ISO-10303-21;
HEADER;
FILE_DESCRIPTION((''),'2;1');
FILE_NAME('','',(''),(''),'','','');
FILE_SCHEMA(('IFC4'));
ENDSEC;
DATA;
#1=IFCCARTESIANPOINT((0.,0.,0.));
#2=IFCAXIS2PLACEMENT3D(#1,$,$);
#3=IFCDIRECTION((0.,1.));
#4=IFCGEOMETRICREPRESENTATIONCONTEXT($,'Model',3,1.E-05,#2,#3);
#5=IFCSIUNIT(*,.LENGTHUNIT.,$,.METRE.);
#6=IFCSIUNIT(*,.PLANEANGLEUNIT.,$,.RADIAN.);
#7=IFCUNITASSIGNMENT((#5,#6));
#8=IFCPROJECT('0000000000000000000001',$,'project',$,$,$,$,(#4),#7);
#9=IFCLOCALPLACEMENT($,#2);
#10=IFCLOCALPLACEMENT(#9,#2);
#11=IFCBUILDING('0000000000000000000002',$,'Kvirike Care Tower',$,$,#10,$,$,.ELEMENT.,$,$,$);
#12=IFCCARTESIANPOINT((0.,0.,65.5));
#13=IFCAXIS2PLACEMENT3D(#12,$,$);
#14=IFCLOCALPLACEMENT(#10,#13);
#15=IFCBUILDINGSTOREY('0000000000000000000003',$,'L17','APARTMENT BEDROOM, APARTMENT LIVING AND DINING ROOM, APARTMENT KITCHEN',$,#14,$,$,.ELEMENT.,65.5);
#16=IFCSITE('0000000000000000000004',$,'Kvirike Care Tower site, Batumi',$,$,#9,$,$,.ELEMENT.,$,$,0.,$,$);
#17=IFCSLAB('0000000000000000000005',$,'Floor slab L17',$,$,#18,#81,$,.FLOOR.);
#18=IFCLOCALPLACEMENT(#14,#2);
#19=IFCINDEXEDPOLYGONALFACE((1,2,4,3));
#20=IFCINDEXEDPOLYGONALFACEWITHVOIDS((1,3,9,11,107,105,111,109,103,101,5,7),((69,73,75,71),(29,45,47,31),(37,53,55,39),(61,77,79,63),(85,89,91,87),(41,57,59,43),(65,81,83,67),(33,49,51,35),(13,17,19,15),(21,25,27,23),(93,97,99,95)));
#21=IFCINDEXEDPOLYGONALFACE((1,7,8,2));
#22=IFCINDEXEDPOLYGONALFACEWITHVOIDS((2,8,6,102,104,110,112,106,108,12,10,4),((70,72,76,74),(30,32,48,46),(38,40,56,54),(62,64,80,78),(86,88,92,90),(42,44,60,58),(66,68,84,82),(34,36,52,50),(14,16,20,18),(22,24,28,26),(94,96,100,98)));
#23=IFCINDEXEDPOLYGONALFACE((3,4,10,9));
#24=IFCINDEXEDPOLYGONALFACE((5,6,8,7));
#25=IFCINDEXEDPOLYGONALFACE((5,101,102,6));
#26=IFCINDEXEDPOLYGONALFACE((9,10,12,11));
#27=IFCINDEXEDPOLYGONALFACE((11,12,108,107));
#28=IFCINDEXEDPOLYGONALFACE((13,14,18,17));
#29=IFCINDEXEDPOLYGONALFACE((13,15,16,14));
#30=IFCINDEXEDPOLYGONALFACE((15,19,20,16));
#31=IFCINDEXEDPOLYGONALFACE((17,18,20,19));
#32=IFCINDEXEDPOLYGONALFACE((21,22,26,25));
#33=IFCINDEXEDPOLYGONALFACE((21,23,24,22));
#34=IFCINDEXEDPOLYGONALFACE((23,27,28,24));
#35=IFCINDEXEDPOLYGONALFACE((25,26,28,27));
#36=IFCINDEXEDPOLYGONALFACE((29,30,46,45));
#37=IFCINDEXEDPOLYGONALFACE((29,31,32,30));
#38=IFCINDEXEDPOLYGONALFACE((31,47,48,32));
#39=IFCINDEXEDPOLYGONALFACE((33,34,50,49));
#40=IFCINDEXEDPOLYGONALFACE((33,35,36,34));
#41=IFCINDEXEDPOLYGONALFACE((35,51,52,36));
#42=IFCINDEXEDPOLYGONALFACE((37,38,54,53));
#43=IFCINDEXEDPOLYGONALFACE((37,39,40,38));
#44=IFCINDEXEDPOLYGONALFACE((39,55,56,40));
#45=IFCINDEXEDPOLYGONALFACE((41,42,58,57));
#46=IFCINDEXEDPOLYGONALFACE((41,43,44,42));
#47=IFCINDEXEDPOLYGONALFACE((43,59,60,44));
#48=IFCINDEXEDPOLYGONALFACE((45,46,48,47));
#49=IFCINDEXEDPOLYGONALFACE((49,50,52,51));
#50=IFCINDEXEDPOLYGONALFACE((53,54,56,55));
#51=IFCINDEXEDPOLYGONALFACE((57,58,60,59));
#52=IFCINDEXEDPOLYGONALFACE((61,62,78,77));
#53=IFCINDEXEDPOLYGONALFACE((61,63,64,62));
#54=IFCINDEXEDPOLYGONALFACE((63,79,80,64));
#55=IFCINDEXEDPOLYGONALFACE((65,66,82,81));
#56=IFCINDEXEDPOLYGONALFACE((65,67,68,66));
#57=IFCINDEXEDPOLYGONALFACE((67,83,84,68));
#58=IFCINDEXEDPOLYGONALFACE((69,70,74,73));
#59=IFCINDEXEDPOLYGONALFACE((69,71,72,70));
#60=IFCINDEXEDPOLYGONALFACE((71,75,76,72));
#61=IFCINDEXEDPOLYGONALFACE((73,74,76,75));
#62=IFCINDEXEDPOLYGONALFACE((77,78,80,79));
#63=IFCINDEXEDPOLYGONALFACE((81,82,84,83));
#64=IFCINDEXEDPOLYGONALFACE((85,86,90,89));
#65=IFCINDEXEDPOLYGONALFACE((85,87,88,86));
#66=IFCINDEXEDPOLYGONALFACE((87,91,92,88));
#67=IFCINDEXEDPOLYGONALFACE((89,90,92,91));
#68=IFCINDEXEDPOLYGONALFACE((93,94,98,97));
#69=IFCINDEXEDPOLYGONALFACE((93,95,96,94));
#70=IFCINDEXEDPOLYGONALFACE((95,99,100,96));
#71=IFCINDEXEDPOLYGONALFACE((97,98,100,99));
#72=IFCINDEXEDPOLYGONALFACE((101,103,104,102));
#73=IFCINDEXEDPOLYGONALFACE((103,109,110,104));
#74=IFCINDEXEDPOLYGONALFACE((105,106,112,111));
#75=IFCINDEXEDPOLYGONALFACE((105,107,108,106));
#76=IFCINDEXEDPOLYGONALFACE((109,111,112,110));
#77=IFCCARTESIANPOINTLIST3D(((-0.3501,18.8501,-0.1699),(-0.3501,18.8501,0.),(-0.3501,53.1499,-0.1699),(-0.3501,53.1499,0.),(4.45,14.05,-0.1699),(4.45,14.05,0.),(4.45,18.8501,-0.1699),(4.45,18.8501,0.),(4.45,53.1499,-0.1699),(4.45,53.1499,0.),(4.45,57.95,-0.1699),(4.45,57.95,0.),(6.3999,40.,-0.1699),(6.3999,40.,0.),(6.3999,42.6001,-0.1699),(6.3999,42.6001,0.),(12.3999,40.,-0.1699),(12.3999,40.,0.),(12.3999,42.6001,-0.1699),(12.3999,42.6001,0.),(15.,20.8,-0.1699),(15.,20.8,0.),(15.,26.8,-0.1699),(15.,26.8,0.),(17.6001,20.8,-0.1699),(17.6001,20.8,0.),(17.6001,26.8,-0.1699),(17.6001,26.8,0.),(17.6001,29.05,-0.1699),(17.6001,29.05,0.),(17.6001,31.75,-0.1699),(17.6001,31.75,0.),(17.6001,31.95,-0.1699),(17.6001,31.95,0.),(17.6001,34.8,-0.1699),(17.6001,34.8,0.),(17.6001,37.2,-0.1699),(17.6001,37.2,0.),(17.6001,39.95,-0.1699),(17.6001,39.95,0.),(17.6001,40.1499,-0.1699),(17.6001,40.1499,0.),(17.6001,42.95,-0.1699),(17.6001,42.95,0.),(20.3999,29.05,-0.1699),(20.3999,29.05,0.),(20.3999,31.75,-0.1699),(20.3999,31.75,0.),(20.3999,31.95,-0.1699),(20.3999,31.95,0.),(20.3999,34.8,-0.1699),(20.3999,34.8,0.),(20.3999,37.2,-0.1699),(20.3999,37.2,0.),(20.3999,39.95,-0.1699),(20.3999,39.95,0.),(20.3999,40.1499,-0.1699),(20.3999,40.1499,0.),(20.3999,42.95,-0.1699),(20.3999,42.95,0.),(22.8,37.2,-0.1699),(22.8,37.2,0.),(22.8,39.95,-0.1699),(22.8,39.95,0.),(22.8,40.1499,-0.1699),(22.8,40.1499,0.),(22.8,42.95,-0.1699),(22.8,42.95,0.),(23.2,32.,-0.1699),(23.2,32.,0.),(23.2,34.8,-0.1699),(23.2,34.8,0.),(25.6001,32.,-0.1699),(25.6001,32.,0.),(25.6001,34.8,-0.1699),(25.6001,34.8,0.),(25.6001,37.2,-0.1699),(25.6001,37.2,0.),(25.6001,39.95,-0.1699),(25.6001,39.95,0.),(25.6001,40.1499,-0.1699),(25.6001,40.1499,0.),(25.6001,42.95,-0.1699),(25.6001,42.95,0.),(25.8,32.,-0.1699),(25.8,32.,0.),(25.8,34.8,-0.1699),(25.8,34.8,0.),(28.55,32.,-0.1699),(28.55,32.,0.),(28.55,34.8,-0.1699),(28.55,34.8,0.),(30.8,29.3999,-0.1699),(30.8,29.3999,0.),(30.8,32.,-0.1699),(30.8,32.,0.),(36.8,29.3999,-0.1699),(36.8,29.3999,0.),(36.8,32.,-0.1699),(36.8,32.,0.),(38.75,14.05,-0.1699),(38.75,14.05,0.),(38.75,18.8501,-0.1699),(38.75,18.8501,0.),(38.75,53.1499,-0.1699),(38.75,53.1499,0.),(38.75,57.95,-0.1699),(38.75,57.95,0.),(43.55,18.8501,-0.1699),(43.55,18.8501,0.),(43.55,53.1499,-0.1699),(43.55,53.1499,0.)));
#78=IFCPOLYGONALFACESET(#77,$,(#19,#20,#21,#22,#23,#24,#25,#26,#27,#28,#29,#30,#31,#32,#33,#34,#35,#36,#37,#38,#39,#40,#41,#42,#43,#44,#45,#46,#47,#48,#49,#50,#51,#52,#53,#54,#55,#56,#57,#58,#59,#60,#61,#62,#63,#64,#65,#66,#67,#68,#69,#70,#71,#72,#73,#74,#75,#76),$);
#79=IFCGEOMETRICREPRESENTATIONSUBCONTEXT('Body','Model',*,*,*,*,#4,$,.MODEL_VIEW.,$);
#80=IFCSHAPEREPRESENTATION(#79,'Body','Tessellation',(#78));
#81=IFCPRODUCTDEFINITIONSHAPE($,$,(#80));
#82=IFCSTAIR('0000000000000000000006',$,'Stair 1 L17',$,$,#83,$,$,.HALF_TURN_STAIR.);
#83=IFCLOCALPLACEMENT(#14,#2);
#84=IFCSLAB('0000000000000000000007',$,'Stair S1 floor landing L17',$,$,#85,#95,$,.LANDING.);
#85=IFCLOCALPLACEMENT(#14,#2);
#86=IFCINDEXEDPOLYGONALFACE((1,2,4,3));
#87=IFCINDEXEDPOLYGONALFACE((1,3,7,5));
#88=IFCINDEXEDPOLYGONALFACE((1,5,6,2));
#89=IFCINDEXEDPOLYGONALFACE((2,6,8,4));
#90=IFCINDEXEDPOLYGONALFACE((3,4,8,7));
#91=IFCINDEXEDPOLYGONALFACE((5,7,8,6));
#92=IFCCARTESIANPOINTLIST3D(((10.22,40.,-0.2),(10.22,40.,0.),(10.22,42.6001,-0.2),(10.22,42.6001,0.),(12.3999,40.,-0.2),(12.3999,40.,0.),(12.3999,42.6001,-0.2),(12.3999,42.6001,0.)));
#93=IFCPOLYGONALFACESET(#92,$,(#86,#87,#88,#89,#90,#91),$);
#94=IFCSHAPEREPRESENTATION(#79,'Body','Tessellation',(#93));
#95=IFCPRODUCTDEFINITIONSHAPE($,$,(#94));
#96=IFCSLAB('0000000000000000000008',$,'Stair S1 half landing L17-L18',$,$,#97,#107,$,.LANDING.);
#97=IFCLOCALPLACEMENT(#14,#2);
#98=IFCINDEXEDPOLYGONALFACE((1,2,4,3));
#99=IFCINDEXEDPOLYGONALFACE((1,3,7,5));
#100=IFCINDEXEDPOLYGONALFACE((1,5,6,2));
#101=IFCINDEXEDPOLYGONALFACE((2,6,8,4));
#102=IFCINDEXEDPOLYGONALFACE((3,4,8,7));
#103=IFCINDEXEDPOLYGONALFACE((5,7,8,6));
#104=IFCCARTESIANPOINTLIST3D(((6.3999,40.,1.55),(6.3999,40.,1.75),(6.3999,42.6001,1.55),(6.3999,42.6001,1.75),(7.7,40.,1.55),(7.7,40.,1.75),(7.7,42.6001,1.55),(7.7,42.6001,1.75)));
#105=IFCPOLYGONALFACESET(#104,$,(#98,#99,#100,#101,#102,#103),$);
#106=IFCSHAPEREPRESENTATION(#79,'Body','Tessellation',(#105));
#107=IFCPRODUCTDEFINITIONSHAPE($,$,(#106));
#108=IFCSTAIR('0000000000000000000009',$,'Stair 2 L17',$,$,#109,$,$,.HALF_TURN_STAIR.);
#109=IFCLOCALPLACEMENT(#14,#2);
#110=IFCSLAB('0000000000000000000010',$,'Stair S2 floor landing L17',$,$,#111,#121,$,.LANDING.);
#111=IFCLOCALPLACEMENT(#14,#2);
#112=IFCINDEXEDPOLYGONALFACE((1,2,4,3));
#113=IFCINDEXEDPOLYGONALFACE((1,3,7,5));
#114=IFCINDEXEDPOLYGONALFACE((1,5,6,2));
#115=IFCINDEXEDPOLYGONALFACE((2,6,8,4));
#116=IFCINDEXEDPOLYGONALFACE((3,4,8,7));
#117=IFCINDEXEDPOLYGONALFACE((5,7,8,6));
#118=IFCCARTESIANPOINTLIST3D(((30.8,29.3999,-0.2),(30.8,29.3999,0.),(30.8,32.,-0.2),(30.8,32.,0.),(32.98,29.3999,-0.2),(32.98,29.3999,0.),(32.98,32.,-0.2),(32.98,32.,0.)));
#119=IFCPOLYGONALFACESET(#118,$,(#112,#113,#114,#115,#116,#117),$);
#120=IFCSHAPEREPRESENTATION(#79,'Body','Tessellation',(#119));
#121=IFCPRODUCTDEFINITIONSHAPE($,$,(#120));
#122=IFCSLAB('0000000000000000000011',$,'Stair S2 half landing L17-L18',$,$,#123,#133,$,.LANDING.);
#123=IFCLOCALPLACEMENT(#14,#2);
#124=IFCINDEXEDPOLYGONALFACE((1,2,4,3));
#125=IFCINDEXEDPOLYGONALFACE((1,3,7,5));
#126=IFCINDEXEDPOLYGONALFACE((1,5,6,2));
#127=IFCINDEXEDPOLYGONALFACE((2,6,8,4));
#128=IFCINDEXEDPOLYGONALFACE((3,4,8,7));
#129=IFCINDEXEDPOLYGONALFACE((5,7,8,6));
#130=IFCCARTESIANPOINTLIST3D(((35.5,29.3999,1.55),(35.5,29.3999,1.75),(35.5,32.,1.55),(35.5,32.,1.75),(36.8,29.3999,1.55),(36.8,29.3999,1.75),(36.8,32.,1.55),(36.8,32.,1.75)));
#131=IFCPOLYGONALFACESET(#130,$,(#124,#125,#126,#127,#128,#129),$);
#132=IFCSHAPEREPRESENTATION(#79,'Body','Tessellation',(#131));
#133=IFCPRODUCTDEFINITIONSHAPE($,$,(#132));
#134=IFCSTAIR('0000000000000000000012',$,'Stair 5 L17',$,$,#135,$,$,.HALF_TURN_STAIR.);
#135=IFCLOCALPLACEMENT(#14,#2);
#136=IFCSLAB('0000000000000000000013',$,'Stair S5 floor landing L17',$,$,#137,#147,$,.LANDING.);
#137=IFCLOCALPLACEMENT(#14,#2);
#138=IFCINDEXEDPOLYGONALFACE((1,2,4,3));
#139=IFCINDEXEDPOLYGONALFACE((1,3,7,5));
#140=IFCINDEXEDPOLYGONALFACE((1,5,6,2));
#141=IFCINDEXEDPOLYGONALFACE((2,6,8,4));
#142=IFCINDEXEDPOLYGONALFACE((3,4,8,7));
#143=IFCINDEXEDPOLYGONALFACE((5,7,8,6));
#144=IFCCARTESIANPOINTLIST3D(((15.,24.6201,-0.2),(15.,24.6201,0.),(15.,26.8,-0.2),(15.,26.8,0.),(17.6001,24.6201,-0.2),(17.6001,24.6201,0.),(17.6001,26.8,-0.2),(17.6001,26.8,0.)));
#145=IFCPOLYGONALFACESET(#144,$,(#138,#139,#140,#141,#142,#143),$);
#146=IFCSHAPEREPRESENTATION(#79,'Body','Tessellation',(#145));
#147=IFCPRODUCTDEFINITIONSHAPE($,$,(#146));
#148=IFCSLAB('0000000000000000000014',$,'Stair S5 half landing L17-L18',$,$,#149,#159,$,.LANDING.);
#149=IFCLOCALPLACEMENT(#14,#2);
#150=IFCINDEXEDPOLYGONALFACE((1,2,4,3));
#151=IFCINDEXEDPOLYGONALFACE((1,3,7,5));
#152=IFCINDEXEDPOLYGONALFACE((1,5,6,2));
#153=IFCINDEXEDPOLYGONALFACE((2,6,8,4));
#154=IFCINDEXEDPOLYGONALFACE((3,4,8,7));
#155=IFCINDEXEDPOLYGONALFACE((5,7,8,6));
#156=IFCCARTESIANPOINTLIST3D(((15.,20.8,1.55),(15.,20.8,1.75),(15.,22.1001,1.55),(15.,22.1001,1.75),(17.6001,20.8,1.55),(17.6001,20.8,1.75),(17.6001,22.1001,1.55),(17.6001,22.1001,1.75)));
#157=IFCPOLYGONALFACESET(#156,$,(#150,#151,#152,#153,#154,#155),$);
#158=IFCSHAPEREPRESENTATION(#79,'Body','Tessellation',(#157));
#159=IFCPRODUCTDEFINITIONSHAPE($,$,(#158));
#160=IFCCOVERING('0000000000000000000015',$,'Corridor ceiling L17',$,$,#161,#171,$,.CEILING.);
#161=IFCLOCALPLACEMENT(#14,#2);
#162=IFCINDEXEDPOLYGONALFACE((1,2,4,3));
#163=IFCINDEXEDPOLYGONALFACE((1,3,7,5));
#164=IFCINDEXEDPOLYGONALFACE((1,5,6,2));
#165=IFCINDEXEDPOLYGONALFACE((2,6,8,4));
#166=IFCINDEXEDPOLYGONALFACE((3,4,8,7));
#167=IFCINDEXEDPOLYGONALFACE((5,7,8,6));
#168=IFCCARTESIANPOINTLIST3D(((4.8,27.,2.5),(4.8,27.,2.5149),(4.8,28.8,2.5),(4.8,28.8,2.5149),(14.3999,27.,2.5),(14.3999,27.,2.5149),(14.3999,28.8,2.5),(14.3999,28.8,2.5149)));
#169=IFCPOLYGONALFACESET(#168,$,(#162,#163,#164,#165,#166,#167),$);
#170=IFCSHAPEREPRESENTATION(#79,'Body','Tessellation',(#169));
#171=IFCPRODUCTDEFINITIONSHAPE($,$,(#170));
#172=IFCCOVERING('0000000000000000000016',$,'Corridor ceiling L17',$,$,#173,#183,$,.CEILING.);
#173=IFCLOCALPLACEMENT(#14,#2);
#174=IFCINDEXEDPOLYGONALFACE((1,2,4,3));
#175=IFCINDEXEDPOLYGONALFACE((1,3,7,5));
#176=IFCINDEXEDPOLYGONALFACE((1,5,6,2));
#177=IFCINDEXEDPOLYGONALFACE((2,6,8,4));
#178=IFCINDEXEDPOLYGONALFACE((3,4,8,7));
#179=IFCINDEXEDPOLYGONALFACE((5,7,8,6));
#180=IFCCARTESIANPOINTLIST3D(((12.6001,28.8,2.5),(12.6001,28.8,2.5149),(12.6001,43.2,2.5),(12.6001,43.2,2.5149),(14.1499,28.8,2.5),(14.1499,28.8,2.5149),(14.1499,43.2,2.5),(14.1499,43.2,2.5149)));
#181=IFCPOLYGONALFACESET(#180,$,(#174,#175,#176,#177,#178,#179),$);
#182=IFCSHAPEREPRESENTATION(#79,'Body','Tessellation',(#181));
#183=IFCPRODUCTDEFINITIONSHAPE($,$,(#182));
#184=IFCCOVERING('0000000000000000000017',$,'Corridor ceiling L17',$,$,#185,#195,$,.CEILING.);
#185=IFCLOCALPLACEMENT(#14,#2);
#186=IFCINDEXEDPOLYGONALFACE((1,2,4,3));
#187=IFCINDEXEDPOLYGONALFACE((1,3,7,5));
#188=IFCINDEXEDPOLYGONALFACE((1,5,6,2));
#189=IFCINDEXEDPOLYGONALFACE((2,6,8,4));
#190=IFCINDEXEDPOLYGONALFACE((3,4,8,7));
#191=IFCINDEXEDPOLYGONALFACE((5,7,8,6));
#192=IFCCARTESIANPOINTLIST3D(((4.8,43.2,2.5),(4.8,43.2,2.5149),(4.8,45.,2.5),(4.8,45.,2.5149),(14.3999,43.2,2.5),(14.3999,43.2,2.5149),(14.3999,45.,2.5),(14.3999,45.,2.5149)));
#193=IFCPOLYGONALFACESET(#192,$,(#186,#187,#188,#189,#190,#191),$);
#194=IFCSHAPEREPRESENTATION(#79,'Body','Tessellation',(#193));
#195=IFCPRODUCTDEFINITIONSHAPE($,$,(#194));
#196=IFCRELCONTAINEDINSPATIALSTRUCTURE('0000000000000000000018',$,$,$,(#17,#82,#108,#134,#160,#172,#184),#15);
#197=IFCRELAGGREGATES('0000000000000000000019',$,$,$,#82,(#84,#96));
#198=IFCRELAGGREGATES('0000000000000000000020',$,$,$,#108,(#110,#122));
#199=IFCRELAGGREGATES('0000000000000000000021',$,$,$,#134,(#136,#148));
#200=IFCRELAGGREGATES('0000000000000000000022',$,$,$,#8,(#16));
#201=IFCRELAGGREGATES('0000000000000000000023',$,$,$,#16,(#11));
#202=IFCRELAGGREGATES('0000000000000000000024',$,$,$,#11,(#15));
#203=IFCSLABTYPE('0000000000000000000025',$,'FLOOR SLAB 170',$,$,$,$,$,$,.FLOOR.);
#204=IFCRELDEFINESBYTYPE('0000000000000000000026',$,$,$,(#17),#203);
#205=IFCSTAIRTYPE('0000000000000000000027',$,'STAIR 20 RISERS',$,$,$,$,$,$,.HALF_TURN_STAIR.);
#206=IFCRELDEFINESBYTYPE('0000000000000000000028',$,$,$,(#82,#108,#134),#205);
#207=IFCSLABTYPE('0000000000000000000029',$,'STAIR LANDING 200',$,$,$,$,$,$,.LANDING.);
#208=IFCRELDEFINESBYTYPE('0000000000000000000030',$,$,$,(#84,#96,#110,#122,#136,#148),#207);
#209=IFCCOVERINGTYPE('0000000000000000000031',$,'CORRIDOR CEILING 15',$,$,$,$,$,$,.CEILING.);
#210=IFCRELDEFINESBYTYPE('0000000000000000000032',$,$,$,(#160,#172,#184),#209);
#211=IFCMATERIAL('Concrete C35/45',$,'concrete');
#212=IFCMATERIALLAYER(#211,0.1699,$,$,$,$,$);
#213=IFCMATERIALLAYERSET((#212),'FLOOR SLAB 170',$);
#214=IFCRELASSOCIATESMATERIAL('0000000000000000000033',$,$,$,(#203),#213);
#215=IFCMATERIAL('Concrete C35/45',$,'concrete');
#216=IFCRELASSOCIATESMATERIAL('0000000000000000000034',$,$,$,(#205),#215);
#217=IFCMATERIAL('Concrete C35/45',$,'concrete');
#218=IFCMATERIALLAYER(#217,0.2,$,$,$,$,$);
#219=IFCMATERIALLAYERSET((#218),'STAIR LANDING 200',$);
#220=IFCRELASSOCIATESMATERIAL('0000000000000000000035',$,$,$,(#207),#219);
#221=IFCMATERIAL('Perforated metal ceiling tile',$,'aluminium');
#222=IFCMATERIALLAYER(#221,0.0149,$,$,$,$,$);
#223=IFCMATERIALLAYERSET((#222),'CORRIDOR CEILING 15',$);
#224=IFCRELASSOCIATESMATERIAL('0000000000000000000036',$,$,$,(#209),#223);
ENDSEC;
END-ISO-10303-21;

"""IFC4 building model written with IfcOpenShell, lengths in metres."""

from ifc_helpers import new_model, si_unit, direction, frame, origin, place, context, subcontext, project, spatial, polyline, outline, extrude, material, layer, layer_set, type_object, element, aggregate, save


model = new_model("IFC4")

# Units and contexts
model_context = context("Model", 3, precision=1e-05, world=origin(), true_north=direction((0.0, 1.0)))
body_context = subcontext(model_context, "Body", "Model", "MODEL_VIEW")
ifc_project = project(units=[si_unit("LENGTHUNIT", "METRE"), si_unit("PLANEANGLEUNIT", "RADIAN")], contexts=[model_context])

# Site, building, storey
site_placement = place(None, origin())
site = spatial("IfcSite", under=ifc_project, at=site_placement, Name="Kvirike Care Tower site, Batumi", CompositionType="ELEMENT", RefElevation=0.0)
building_placement = place(site_placement, origin())
building = spatial("IfcBuilding", under=site, at=building_placement, Name="Kvirike Care Tower", CompositionType="ELEMENT")
storey_placement = place(building_placement, frame((0.0, 0.0, 65.5)))
storey = spatial("IfcBuildingStorey", under=building, at=storey_placement, Name="L17", Description="APARTMENT BEDROOM, APARTMENT LIVING AND DINING ROOM, APARTMENT KITCHEN", CompositionType="ELEMENT", Elevation=65.5)

# Slab
ifc_material_1 = material(Name="Concrete C35/45", Category="concrete")
ifc_layer_1 = layer(ifc_material_1, 0.1699)
ifc_layer_set_1 = layer_set([ifc_layer_1], Name="FLOOR SLAB 170")
slab_type_1 = type_object("IfcSlabType", Name="FLOOR SLAB 170", PredefinedType="FLOOR", material=ifc_layer_set_1)
slab_1_placement = place(storey_placement, frame((0.0, 0.0, -0.1699)))
element("IfcSlab", 1, at=slab_1_placement, inside=storey, type_object=slab_type_1, Name="Floor slab L17", PredefinedType="FLOOR", context=body_context, shape_type="SweptSolid", body=[
    extrude(outline(polyline([(-0.3501, 53.1499), (-0.3501, 18.8501), (4.45, 18.8501), (4.45, 14.05), (38.75, 14.05), (38.75, 18.8501), (43.55, 18.8501), (43.55, 53.1499), (38.75, 53.1499), (38.75, 57.95), (4.45, 57.95), (4.45, 53.1499), (-0.3501, 53.1499)]), holes=[polyline([(17.6001, 29.05), (17.6001, 31.75), (20.3999, 31.75), (20.3999, 29.05), (17.6001, 29.05)]), polyline([(17.6001, 31.95), (17.6001, 34.8), (20.3999, 34.8), (20.3999, 31.95), (17.6001, 31.95)]), polyline([(17.6001, 37.2), (17.6001, 39.95), (20.3999, 39.95), (20.3999, 37.2), (17.6001, 37.2)]), polyline([(17.6001, 40.1499), (17.6001, 42.95), (20.3999, 42.95), (20.3999, 40.1499), (17.6001, 40.1499)]), polyline([(22.8, 37.2), (22.8, 39.95), (25.6001, 39.95), (25.6001, 37.2), (22.8, 37.2)]), polyline([(22.8, 40.1499), (22.8, 42.95), (25.6001, 42.95), (25.6001, 40.1499), (22.8, 40.1499)]), polyline([(23.2, 32.0), (23.2, 34.8), (25.6001, 34.8), (25.6001, 32.0), (23.2, 32.0)]), polyline([(25.8, 32.0), (25.8, 34.8), (28.55, 34.8), (28.55, 32.0), (25.8, 32.0)]), polyline([(12.3999, 42.6001), (12.3999, 40.0), (6.3999, 40.0), (6.3999, 42.6001), (12.3999, 42.6001)]), polyline([(30.8, 29.3999), (30.8, 32.0), (36.8, 32.0), (36.8, 29.3999), (30.8, 29.3999)]), polyline([(15.0, 26.8), (17.6001, 26.8), (17.6001, 20.8), (15.0, 20.8), (15.0, 26.8)])]), origin(), (0.0, 0.0, 1.0), 0.1699),
])

# Stairs, slabs
ifc_material_2 = material(Name="Concrete C35/45", Category="concrete")
stair_type = type_object("IfcStairType", Name="STAIR 20 RISERS", PredefinedType="HALF_TURN_STAIR", material=ifc_material_2)
stair_1_placement = place(storey_placement, origin())
stair_1 = element("IfcStair", 2, at=stair_1_placement, inside=storey, type_object=stair_type, Name="Stair 1 L17", PredefinedType="HALF_TURN_STAIR")
ifc_material_3 = material(Name="Concrete C35/45", Category="concrete")
ifc_layer_2 = layer(ifc_material_3, 0.2)
ifc_layer_set_2 = layer_set([ifc_layer_2], Name="STAIR LANDING 200")
slab_type_2 = type_object("IfcSlabType", Name="STAIR LANDING 200", PredefinedType="LANDING", material=ifc_layer_set_2)
slab_2_placement = place(storey_placement, frame((0.0, 0.0, -0.2)))
slab_2 = element("IfcSlab", 3, at=slab_2_placement, type_object=slab_type_2, Name="Stair S1 floor landing L17", PredefinedType="LANDING", context=body_context, shape_type="SweptSolid", body=[
    extrude(outline(polyline([(10.22, 42.6001), (10.22, 40.0), (12.3999, 40.0), (12.3999, 42.6001), (10.22, 42.6001)])), origin(), (0.0, 0.0, 1.0), 0.2),
])
slab_3_placement = place(storey_placement, frame((0.0, 0.0, 1.55)))
slab_3 = element("IfcSlab", 4, at=slab_3_placement, type_object=slab_type_2, Name="Stair S1 half landing L17-L18", PredefinedType="LANDING", context=body_context, shape_type="SweptSolid", body=[
    extrude(outline(polyline([(6.3999, 42.6001), (6.3999, 40.0), (7.7, 40.0), (7.7, 42.6001), (6.3999, 42.6001)])), origin(), (0.0, 0.0, 1.0), 0.2),
])
aggregate(stair_1, [slab_2, slab_3])
stair_2_placement = place(storey_placement, origin())
stair_2 = element("IfcStair", 5, at=stair_2_placement, inside=storey, type_object=stair_type, Name="Stair 2 L17", PredefinedType="HALF_TURN_STAIR")
slab_4_placement = place(storey_placement, frame((0.0, 0.0, -0.2)))
slab_4 = element("IfcSlab", 6, at=slab_4_placement, type_object=slab_type_2, Name="Stair S2 floor landing L17", PredefinedType="LANDING", context=body_context, shape_type="SweptSolid", body=[
    extrude(outline(polyline([(32.98, 29.3999), (32.98, 32.0), (30.8, 32.0), (30.8, 29.3999), (32.98, 29.3999)])), origin(), (0.0, 0.0, 1.0), 0.2),
])
slab_5_placement = place(storey_placement, frame((0.0, 0.0, 1.55)))
slab_5 = element("IfcSlab", 7, at=slab_5_placement, type_object=slab_type_2, Name="Stair S2 half landing L17-L18", PredefinedType="LANDING", context=body_context, shape_type="SweptSolid", body=[
    extrude(outline(polyline([(36.8, 29.3999), (36.8, 32.0), (35.5, 32.0), (35.5, 29.3999), (36.8, 29.3999)])), origin(), (0.0, 0.0, 1.0), 0.2),
])
aggregate(stair_2, [slab_4, slab_5])
stair_3_placement = place(storey_placement, origin())
stair_3 = element("IfcStair", 8, at=stair_3_placement, inside=storey, type_object=stair_type, Name="Stair 5 L17", PredefinedType="HALF_TURN_STAIR")
slab_6_placement = place(storey_placement, frame((0.0, 0.0, -0.2)))
slab_6 = element("IfcSlab", 9, at=slab_6_placement, type_object=slab_type_2, Name="Stair S5 floor landing L17", PredefinedType="LANDING", context=body_context, shape_type="SweptSolid", body=[
    extrude(outline(polyline([(15.0, 24.6201), (17.6001, 24.6201), (17.6001, 26.8), (15.0, 26.8), (15.0, 24.6201)])), origin(), (0.0, 0.0, 1.0), 0.2),
])
slab_7_placement = place(storey_placement, frame((0.0, 0.0, 1.55)))
slab_7 = element("IfcSlab", 10, at=slab_7_placement, type_object=slab_type_2, Name="Stair S5 half landing L17-L18", PredefinedType="LANDING", context=body_context, shape_type="SweptSolid", body=[
    extrude(outline(polyline([(15.0, 20.8), (17.6001, 20.8), (17.6001, 22.1001), (15.0, 22.1001), (15.0, 20.8)])), origin(), (0.0, 0.0, 1.0), 0.2),
])
aggregate(stair_3, [slab_6, slab_7])

# Coverings
ifc_material_4 = material(Name="Perforated metal ceiling tile", Category="aluminium")
ifc_layer_3 = layer(ifc_material_4, 0.0149)
ifc_layer_set_3 = layer_set([ifc_layer_3], Name="CORRIDOR CEILING 15")
covering_type_1 = type_object("IfcCoveringType", Name="CORRIDOR CEILING 15", PredefinedType="CEILING", material=ifc_layer_set_3)
covering_1_placement = place(storey_placement, frame((0.0, 0.0, 2.5)))
element("IfcCovering", 11, at=covering_1_placement, inside=storey, type_object=covering_type_1, Name="Corridor ceiling L17", PredefinedType="CEILING", context=body_context, shape_type="SweptSolid", body=[
    extrude(outline(polyline([(4.8, 27.0), (4.8, 28.8), (14.3999, 28.8), (14.3999, 27.0), (4.8, 27.0)])), origin(), (0.0, 0.0, 1.0), 0.0149),
])
covering_2_placement = place(storey_placement, frame((0.0, 0.0, 2.5)))
element("IfcCovering", 12, at=covering_2_placement, inside=storey, type_object=covering_type_1, Name="Corridor ceiling L17", PredefinedType="CEILING", context=body_context, shape_type="SweptSolid", body=[
    extrude(outline(polyline([(12.6001, 43.2), (14.1499, 43.2), (14.1499, 28.8), (12.6001, 28.8), (12.6001, 43.2)])), origin(), (0.0, 0.0, 1.0), 0.0149),
])
covering_3_placement = place(storey_placement, frame((0.0, 0.0, 2.5)))
element("IfcCovering", 13, at=covering_3_placement, inside=storey, type_object=covering_type_1, Name="Corridor ceiling L17", PredefinedType="CEILING", context=body_context, shape_type="SweptSolid", body=[
    extrude(outline(polyline([(14.3999, 45.0), (14.3999, 43.2), (4.8, 43.2), (4.8, 45.0), (14.3999, 45.0)])), origin(), (0.0, 0.0, 1.0), 0.0149),
])

save(model, "model.ifc")
